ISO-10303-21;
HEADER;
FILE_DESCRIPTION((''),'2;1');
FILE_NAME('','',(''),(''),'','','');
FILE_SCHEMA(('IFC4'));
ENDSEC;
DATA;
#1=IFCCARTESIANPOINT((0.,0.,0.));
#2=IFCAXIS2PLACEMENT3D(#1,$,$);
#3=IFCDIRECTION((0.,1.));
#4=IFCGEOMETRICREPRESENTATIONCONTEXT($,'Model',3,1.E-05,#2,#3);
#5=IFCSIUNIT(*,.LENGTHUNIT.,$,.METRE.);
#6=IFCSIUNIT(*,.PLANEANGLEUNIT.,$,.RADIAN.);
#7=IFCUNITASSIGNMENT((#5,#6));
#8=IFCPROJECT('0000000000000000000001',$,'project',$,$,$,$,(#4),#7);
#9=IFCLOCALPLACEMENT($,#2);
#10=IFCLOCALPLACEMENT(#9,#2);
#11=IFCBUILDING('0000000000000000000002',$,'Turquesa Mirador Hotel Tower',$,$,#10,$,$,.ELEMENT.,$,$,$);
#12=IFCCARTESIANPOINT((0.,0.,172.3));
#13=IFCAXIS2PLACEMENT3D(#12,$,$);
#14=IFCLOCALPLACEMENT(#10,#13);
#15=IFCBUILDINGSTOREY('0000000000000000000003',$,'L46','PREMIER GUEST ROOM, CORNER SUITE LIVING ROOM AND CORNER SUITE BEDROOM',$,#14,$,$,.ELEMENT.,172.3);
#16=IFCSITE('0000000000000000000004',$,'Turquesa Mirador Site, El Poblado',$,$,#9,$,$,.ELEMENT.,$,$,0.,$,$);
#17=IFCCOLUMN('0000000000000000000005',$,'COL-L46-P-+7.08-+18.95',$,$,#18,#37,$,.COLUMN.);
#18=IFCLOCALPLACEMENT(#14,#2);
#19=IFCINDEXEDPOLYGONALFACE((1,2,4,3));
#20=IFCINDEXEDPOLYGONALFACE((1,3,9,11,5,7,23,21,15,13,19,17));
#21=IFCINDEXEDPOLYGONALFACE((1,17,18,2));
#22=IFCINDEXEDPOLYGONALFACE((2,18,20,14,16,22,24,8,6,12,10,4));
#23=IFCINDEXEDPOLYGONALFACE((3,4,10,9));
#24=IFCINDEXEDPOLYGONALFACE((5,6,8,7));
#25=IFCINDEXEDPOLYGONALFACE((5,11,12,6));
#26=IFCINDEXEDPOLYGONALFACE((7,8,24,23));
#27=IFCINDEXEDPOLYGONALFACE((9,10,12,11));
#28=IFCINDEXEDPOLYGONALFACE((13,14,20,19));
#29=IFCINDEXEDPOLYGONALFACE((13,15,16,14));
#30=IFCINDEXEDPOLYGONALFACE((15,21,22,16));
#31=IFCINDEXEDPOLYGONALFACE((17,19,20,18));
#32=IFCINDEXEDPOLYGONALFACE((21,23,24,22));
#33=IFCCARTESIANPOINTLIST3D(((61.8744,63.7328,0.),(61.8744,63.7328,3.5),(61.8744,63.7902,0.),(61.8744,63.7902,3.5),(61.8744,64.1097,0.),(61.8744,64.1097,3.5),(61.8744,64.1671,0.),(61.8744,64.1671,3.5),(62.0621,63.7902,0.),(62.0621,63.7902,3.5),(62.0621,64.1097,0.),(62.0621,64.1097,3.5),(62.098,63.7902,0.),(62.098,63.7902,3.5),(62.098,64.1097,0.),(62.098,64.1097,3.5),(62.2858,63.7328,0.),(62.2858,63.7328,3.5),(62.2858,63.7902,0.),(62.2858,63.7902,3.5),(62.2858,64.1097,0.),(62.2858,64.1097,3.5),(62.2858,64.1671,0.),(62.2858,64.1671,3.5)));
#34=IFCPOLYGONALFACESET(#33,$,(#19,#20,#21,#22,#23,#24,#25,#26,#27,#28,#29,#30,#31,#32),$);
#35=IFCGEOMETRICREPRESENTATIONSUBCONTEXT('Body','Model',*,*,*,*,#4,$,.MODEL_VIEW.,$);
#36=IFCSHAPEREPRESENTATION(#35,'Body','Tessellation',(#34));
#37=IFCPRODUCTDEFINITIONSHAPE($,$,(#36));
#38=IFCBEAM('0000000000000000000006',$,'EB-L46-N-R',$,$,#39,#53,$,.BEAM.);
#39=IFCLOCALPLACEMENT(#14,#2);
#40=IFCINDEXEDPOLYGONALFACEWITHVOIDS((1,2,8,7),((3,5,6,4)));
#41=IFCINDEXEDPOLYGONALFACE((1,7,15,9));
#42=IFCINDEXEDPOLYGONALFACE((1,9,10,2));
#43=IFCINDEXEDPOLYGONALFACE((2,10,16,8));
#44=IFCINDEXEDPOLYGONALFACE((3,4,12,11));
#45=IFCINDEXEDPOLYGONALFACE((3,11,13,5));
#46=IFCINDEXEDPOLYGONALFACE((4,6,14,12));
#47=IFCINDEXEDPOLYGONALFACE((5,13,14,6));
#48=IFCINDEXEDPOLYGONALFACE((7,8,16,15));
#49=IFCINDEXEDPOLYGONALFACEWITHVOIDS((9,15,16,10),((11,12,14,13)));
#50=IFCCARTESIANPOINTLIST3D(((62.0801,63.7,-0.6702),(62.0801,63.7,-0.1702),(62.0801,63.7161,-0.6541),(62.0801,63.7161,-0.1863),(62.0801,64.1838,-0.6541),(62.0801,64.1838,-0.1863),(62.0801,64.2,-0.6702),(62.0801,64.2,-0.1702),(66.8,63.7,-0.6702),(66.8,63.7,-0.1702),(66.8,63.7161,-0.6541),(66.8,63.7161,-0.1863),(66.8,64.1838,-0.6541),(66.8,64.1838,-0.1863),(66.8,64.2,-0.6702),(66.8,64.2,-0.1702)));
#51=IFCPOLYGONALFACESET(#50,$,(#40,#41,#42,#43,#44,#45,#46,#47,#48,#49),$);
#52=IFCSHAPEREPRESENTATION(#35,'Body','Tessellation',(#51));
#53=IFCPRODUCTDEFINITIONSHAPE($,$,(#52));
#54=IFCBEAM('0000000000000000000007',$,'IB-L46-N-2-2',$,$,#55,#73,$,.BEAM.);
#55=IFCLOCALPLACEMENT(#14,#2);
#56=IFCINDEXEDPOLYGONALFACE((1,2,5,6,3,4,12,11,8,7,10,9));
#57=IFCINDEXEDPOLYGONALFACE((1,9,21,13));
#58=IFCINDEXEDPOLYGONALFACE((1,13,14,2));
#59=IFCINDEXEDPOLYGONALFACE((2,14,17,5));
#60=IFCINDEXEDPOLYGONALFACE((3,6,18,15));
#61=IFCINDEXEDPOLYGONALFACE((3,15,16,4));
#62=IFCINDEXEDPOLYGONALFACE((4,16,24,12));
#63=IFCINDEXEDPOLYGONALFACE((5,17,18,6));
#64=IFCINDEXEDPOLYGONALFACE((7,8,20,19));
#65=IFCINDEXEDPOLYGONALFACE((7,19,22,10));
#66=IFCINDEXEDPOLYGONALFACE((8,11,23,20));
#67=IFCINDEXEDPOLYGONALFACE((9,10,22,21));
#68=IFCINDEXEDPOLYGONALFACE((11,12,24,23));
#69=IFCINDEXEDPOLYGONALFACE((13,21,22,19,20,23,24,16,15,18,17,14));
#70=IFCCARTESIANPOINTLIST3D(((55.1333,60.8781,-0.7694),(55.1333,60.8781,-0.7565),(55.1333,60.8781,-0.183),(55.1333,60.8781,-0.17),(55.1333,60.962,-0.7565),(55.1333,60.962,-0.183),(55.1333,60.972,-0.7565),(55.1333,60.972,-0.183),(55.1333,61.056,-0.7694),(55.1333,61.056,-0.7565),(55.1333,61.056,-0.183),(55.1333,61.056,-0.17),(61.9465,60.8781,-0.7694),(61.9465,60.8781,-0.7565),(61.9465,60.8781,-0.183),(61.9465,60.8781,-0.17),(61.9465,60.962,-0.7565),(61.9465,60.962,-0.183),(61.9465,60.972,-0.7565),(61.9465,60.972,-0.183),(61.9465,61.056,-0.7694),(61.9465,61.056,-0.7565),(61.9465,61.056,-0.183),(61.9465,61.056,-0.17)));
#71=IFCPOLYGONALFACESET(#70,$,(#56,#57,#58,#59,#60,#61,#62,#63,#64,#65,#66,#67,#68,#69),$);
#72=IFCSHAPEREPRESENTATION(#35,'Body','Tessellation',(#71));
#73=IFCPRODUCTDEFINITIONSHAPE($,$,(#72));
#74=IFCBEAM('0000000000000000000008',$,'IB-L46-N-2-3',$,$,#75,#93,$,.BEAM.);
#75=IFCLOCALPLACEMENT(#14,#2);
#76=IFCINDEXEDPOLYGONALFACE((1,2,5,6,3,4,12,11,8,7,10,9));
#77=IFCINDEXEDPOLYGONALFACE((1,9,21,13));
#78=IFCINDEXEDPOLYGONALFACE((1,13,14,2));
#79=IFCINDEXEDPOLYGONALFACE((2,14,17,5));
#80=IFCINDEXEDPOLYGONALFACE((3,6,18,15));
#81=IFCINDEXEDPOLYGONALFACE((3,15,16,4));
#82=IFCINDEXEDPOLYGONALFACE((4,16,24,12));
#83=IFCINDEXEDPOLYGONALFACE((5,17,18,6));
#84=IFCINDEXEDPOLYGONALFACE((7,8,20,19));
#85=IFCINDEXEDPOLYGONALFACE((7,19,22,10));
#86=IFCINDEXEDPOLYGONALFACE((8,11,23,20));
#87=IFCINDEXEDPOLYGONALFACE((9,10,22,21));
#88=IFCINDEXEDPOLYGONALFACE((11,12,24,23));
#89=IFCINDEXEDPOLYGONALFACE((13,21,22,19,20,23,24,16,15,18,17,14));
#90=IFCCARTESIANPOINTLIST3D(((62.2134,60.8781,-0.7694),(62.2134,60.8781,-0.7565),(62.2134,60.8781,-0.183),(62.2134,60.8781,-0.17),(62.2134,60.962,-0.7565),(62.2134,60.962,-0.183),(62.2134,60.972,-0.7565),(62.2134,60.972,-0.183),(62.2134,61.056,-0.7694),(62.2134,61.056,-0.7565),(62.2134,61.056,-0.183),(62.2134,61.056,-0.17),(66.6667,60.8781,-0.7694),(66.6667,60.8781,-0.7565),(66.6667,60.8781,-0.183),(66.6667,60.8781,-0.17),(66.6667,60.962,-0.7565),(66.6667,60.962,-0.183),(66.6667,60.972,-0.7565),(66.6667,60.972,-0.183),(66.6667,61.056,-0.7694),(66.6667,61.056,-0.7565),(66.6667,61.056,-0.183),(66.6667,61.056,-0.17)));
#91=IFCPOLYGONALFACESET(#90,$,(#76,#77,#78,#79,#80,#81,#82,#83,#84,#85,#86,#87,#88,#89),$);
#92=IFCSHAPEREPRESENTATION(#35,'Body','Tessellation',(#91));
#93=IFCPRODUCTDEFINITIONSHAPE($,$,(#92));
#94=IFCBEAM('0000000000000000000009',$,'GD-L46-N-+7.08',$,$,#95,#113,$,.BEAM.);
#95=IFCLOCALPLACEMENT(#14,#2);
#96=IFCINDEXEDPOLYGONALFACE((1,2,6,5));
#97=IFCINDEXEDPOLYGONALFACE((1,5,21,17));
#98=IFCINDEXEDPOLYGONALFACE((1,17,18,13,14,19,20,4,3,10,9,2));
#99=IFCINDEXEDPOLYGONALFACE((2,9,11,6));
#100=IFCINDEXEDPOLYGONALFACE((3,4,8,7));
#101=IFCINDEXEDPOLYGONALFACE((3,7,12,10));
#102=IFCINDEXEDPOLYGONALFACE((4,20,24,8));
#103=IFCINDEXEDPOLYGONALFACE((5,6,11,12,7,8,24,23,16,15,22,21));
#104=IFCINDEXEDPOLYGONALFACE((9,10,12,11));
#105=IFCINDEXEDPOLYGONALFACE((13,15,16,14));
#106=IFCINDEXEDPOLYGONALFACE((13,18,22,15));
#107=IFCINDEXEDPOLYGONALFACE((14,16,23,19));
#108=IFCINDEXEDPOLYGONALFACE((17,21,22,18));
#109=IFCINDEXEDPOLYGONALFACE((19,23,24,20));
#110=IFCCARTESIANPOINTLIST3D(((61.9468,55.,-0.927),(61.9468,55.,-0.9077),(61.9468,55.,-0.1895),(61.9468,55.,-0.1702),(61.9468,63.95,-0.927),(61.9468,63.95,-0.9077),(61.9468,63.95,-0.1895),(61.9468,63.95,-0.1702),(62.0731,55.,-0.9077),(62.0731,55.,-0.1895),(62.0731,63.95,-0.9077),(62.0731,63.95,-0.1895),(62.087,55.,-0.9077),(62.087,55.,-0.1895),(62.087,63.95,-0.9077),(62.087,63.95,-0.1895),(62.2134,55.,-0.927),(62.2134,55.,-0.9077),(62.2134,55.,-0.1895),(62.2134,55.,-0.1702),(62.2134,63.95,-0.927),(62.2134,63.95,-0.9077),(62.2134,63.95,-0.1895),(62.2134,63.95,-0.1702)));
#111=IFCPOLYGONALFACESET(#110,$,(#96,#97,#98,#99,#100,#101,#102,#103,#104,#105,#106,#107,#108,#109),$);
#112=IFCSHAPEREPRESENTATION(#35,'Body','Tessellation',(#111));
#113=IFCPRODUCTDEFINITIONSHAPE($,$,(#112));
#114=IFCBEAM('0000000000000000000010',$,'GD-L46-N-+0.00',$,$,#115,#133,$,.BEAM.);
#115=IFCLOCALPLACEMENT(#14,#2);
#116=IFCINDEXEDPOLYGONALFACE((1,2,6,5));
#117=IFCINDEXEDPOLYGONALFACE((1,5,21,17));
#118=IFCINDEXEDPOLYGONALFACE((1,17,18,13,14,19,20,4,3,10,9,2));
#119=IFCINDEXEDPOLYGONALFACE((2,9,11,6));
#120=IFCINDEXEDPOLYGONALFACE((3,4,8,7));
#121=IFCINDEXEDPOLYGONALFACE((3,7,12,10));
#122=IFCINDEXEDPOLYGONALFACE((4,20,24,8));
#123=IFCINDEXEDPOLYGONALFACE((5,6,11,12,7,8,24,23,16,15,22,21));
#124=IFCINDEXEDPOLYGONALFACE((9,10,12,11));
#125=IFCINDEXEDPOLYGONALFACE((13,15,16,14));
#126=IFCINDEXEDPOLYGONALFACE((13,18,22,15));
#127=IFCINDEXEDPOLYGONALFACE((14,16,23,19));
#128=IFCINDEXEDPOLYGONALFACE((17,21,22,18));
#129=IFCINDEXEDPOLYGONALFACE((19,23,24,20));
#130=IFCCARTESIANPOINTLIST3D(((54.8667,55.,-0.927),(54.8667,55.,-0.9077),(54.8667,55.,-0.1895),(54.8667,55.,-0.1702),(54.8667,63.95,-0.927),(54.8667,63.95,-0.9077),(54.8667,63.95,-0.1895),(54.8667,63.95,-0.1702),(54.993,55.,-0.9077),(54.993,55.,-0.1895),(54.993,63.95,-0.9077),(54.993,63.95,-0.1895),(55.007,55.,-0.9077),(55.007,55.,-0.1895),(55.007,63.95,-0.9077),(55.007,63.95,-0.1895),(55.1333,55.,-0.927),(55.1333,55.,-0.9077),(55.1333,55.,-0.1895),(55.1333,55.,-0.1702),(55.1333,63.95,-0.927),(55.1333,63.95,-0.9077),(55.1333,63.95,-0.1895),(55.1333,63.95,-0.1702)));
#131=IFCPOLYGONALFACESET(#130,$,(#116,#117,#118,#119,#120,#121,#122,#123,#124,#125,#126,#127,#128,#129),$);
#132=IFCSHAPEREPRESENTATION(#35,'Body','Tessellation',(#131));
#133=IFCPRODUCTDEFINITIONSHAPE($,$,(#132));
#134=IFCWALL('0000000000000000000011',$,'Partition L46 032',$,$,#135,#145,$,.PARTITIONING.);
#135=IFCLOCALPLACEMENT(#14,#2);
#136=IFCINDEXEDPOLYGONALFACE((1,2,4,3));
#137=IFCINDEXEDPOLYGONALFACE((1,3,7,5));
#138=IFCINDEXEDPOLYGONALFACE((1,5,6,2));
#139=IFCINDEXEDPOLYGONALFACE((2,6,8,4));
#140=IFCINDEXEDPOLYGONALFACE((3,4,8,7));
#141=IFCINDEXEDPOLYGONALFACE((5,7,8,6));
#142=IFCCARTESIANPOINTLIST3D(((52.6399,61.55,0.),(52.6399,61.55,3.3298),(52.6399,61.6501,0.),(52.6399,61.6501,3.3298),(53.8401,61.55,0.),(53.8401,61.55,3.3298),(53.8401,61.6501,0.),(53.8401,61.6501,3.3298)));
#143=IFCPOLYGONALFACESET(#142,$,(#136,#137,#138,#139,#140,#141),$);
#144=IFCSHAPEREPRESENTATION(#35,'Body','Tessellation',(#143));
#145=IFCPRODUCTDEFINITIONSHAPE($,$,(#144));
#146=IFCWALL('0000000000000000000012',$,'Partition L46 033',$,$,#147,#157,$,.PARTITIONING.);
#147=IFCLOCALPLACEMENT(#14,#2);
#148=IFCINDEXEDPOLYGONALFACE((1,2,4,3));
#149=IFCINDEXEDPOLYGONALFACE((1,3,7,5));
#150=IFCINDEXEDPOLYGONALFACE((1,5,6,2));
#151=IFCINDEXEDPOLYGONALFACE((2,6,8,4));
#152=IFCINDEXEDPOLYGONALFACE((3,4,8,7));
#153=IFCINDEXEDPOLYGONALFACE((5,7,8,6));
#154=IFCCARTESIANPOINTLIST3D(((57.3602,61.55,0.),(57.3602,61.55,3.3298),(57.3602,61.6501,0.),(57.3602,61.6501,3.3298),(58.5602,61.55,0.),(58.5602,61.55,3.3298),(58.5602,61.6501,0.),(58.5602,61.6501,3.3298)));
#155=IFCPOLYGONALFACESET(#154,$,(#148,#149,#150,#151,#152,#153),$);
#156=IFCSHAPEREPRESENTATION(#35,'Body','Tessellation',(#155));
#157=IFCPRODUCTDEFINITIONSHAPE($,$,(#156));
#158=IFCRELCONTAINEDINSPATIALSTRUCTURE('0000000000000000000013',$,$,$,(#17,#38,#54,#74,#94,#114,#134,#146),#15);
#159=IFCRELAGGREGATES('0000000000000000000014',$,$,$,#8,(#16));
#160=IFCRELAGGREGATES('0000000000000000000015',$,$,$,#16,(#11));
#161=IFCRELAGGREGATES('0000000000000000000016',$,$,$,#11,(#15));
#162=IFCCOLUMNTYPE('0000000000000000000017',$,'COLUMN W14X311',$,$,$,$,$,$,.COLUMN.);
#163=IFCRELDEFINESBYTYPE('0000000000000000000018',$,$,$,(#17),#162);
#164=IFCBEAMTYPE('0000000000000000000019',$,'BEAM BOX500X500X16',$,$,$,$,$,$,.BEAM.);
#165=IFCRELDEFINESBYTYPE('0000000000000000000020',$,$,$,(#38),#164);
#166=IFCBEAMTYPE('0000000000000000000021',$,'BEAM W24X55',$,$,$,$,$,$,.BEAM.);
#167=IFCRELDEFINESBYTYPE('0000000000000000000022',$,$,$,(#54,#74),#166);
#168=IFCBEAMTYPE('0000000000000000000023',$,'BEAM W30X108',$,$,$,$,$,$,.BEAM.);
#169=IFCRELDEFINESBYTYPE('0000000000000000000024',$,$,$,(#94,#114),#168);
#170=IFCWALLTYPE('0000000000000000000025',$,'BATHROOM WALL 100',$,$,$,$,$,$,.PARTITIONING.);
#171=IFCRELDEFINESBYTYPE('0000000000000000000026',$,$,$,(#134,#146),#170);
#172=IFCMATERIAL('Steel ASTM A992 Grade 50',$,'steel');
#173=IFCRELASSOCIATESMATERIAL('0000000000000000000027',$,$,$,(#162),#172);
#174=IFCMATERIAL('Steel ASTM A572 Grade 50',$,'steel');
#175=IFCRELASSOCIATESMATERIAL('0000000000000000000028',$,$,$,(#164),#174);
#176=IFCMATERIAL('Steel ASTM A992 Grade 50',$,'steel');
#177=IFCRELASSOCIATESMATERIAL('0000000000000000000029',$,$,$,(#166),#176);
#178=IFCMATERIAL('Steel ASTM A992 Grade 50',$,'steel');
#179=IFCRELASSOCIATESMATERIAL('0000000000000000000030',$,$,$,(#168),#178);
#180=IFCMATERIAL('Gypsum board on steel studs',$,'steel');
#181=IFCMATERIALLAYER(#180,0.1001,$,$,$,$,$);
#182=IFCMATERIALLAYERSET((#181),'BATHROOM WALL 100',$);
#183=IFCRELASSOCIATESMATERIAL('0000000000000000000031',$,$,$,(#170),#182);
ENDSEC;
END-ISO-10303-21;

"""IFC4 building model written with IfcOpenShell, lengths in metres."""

from ifc_helpers import new_model, si_unit, direction, frame, frame_2d, origin, origin_2d, place, context, subcontext, project, spatial, rectangle, hollow_rectangle, i_section, extrude, material, layer, layer_set, material_profile, profile_set, type_object, element, save


model = new_model("IFC4")

# Units and contexts
model_context = context("Model", 3, precision=1e-05, world=origin(), true_north=direction((0.0, 1.0)))
body_context = subcontext(model_context, "Body", "Model", "MODEL_VIEW")
ifc_project = project(units=[si_unit("LENGTHUNIT", "METRE"), si_unit("PLANEANGLEUNIT", "RADIAN")], contexts=[model_context])

# Site, building, storey
site_placement = place(None, origin())
site = spatial("IfcSite", under=ifc_project, at=site_placement, Name="Turquesa Mirador Site, El Poblado", CompositionType="ELEMENT", RefElevation=0.0)
building_placement = place(site_placement, origin())
building = spatial("IfcBuilding", under=site, at=building_placement, Name="Turquesa Mirador Hotel Tower", CompositionType="ELEMENT")
storey_placement = place(building_placement, frame((0.0, 0.0, 172.3)))
storey = spatial("IfcBuildingStorey", under=building, at=storey_placement, Name="L46", Description="PREMIER GUEST ROOM, CORNER SUITE LIVING ROOM AND CORNER SUITE BEDROOM", CompositionType="ELEMENT", Elevation=172.3)

# Column
ifc_material_1 = material(Name="Steel ASTM A992 Grade 50", Category="steel")
ifc_material_profile_1 = material_profile(ifc_material_1, i_section(OverallWidth=0.4114, OverallDepth=0.4343, WebThickness=0.0359, FlangeThickness=0.0574, at=origin_2d()), Name="W14X311")
ifc_profile_set_1 = profile_set([ifc_material_profile_1], Name="Steel ASTM A992 Grade 50")
column_type = type_object("IfcColumnType", Name="COLUMN W14X311", PredefinedType="COLUMN", material=ifc_profile_set_1)
column_placement = place(storey_placement, frame((62.0801, 63.95, 0.0), z_axis=(0.0, 0.0, 1.0), x_axis=(1.0, 0.0, 0.0)))
element("IfcColumn", 1, at=column_placement, inside=storey, type_object=column_type, Name="COL-L46-P-+7.08-+18.95", PredefinedType="COLUMN", context=body_context, shape_type="SweptSolid", body=[
    extrude(i_section(OverallWidth=0.4114, OverallDepth=0.4343, WebThickness=0.0359, FlangeThickness=0.0574, at=origin_2d()), origin(), (0.0, 0.0, 1.0), 3.5),
])

# Beams
ifc_material_2 = material(Name="Steel ASTM A572 Grade 50", Category="steel")
ifc_material_profile_2 = material_profile(ifc_material_2, hollow_rectangle(XDim=0.5, YDim=0.5, WallThickness=0.0161, at=origin_2d()), Name="BOX500X500X16")
ifc_profile_set_2 = profile_set([ifc_material_profile_2], Name="Steel ASTM A572 Grade 50")
beam_type_1 = type_object("IfcBeamType", Name="BEAM BOX500X500X16", PredefinedType="BEAM", material=ifc_profile_set_2)
beam_1_placement = place(storey_placement, frame((62.0801, 63.95, -0.4202), z_axis=(1.0, 0.0, 0.0), x_axis=(0.0, 1.0, 0.0)))
element("IfcBeam", 2, at=beam_1_placement, inside=storey, type_object=beam_type_1, Name="EB-L46-N-R", PredefinedType="BEAM", context=body_context, shape_type="SweptSolid", body=[
    extrude(hollow_rectangle(XDim=0.5, YDim=0.5, WallThickness=0.0161, at=origin_2d()), origin(), (0.0, 0.0, 1.0), 4.72),
])
ifc_material_3 = material(Name="Steel ASTM A992 Grade 50", Category="steel")
ifc_material_profile_3 = material_profile(ifc_material_3, i_section(OverallWidth=0.178, OverallDepth=0.5994, WebThickness=0.01, FlangeThickness=0.0129, at=origin_2d()), Name="W24X55")
ifc_profile_set_3 = profile_set([ifc_material_profile_3], Name="Steel ASTM A992 Grade 50")
beam_type_2 = type_object("IfcBeamType", Name="BEAM W24X55", PredefinedType="BEAM", material=ifc_profile_set_3)
beam_2_placement = place(storey_placement, frame((55.1333, 60.967, -0.4697), z_axis=(1.0, 0.0, 0.0), x_axis=(0.0, 1.0, 0.0)))
element("IfcBeam", 3, at=beam_2_placement, inside=storey, type_object=beam_type_2, Name="IB-L46-N-2-2", PredefinedType="BEAM", context=body_context, shape_type="SweptSolid", body=[
    extrude(i_section(OverallWidth=0.178, OverallDepth=0.5994, WebThickness=0.01, FlangeThickness=0.0129, at=origin_2d()), origin(), (0.0, 0.0, 1.0), 6.8132),
])
beam_3_placement = place(storey_placement, frame((62.2134, 60.967, -0.4697), z_axis=(1.0, 0.0, 0.0), x_axis=(0.0, 1.0, 0.0)))
element("IfcBeam", 4, at=beam_3_placement, inside=storey, type_object=beam_type_2, Name="IB-L46-N-2-3", PredefinedType="BEAM", context=body_context, shape_type="SweptSolid", body=[
    extrude(i_section(OverallWidth=0.178, OverallDepth=0.5994, WebThickness=0.01, FlangeThickness=0.0129, at=origin_2d()), origin(), (0.0, 0.0, 1.0), 4.4534),
])
ifc_material_4 = material(Name="Steel ASTM A992 Grade 50", Category="steel")
ifc_material_profile_4 = material_profile(ifc_material_4, i_section(OverallWidth=0.2666, OverallDepth=0.7568, WebThickness=0.0139, FlangeThickness=0.0193, at=origin_2d()), Name="W30X108")
ifc_profile_set_4 = profile_set([ifc_material_profile_4], Name="Steel ASTM A992 Grade 50")
beam_type_3 = type_object("IfcBeamType", Name="BEAM W30X108", PredefinedType="BEAM", material=ifc_profile_set_4)
for number, where, z_axis, x_axis, name in (
    (5, (62.0801, 63.95, -0.5486), (0.0, -1.0, 0.0), (1.0, 0.0, 0.0), "GD-L46-N-+7.08"),
    (6, (55.0, 63.95, -0.5486), (0.0, -1.0, 0.0), (1.0, 0.0, 0.0), "GD-L46-N-+0.00"),
):
    element("IfcBeam", number, at=place(storey_placement, frame(where, z_axis=z_axis, x_axis=x_axis)), inside=storey, type_object=beam_type_3, Name=name, PredefinedType="BEAM", context=body_context, shape_type="SweptSolid", body=[
        extrude(i_section(OverallWidth=0.2666, OverallDepth=0.7568, WebThickness=0.0139, FlangeThickness=0.0193, at=origin_2d()), origin(), (0.0, 0.0, 1.0), 8.95),
    ])

# Walls
ifc_material_5 = material(Name="Gypsum board on steel studs", Category="steel")
ifc_layer_1 = layer(ifc_material_5, 0.1001)
ifc_layer_set_1 = layer_set([ifc_layer_1], Name="BATHROOM WALL 100")
wall_type_1 = type_object("IfcWallType", Name="BATHROOM WALL 100", PredefinedType="PARTITIONING", material=ifc_layer_set_1)
wall_1_placement = place(storey_placement, frame((52.6399, 61.6001, 0.0), z_axis=(0.0, 0.0, 1.0), x_axis=(1.0, 0.0, 0.0)))
element("IfcWall", 7, at=wall_1_placement, inside=storey, type_object=wall_type_1, Name="Partition L46 032", PredefinedType="PARTITIONING", context=body_context, shape_type="SweptSolid", body=[
    extrude(rectangle(XDim=1.2002, YDim=0.1001, at=frame_2d((0.6001, 0.0))), origin(), (0.0, 0.0, 1.0), 3.3298),
])
wall_2_placement = place(storey_placement, frame((57.3601, 61.6001, 0.0), z_axis=(0.0, 0.0, 1.0), x_axis=(1.0, 0.0, 0.0)))
element("IfcWall", 8, at=wall_2_placement, inside=storey, type_object=wall_type_1, Name="Partition L46 033", PredefinedType="PARTITIONING", context=body_context, shape_type="SweptSolid", body=[
    extrude(rectangle(XDim=1.2, YDim=0.1001, at=frame_2d((0.6001, 0.0))), origin(), (0.0, 0.0, 1.0), 3.3298),
])

save(model, "model.ifc")
